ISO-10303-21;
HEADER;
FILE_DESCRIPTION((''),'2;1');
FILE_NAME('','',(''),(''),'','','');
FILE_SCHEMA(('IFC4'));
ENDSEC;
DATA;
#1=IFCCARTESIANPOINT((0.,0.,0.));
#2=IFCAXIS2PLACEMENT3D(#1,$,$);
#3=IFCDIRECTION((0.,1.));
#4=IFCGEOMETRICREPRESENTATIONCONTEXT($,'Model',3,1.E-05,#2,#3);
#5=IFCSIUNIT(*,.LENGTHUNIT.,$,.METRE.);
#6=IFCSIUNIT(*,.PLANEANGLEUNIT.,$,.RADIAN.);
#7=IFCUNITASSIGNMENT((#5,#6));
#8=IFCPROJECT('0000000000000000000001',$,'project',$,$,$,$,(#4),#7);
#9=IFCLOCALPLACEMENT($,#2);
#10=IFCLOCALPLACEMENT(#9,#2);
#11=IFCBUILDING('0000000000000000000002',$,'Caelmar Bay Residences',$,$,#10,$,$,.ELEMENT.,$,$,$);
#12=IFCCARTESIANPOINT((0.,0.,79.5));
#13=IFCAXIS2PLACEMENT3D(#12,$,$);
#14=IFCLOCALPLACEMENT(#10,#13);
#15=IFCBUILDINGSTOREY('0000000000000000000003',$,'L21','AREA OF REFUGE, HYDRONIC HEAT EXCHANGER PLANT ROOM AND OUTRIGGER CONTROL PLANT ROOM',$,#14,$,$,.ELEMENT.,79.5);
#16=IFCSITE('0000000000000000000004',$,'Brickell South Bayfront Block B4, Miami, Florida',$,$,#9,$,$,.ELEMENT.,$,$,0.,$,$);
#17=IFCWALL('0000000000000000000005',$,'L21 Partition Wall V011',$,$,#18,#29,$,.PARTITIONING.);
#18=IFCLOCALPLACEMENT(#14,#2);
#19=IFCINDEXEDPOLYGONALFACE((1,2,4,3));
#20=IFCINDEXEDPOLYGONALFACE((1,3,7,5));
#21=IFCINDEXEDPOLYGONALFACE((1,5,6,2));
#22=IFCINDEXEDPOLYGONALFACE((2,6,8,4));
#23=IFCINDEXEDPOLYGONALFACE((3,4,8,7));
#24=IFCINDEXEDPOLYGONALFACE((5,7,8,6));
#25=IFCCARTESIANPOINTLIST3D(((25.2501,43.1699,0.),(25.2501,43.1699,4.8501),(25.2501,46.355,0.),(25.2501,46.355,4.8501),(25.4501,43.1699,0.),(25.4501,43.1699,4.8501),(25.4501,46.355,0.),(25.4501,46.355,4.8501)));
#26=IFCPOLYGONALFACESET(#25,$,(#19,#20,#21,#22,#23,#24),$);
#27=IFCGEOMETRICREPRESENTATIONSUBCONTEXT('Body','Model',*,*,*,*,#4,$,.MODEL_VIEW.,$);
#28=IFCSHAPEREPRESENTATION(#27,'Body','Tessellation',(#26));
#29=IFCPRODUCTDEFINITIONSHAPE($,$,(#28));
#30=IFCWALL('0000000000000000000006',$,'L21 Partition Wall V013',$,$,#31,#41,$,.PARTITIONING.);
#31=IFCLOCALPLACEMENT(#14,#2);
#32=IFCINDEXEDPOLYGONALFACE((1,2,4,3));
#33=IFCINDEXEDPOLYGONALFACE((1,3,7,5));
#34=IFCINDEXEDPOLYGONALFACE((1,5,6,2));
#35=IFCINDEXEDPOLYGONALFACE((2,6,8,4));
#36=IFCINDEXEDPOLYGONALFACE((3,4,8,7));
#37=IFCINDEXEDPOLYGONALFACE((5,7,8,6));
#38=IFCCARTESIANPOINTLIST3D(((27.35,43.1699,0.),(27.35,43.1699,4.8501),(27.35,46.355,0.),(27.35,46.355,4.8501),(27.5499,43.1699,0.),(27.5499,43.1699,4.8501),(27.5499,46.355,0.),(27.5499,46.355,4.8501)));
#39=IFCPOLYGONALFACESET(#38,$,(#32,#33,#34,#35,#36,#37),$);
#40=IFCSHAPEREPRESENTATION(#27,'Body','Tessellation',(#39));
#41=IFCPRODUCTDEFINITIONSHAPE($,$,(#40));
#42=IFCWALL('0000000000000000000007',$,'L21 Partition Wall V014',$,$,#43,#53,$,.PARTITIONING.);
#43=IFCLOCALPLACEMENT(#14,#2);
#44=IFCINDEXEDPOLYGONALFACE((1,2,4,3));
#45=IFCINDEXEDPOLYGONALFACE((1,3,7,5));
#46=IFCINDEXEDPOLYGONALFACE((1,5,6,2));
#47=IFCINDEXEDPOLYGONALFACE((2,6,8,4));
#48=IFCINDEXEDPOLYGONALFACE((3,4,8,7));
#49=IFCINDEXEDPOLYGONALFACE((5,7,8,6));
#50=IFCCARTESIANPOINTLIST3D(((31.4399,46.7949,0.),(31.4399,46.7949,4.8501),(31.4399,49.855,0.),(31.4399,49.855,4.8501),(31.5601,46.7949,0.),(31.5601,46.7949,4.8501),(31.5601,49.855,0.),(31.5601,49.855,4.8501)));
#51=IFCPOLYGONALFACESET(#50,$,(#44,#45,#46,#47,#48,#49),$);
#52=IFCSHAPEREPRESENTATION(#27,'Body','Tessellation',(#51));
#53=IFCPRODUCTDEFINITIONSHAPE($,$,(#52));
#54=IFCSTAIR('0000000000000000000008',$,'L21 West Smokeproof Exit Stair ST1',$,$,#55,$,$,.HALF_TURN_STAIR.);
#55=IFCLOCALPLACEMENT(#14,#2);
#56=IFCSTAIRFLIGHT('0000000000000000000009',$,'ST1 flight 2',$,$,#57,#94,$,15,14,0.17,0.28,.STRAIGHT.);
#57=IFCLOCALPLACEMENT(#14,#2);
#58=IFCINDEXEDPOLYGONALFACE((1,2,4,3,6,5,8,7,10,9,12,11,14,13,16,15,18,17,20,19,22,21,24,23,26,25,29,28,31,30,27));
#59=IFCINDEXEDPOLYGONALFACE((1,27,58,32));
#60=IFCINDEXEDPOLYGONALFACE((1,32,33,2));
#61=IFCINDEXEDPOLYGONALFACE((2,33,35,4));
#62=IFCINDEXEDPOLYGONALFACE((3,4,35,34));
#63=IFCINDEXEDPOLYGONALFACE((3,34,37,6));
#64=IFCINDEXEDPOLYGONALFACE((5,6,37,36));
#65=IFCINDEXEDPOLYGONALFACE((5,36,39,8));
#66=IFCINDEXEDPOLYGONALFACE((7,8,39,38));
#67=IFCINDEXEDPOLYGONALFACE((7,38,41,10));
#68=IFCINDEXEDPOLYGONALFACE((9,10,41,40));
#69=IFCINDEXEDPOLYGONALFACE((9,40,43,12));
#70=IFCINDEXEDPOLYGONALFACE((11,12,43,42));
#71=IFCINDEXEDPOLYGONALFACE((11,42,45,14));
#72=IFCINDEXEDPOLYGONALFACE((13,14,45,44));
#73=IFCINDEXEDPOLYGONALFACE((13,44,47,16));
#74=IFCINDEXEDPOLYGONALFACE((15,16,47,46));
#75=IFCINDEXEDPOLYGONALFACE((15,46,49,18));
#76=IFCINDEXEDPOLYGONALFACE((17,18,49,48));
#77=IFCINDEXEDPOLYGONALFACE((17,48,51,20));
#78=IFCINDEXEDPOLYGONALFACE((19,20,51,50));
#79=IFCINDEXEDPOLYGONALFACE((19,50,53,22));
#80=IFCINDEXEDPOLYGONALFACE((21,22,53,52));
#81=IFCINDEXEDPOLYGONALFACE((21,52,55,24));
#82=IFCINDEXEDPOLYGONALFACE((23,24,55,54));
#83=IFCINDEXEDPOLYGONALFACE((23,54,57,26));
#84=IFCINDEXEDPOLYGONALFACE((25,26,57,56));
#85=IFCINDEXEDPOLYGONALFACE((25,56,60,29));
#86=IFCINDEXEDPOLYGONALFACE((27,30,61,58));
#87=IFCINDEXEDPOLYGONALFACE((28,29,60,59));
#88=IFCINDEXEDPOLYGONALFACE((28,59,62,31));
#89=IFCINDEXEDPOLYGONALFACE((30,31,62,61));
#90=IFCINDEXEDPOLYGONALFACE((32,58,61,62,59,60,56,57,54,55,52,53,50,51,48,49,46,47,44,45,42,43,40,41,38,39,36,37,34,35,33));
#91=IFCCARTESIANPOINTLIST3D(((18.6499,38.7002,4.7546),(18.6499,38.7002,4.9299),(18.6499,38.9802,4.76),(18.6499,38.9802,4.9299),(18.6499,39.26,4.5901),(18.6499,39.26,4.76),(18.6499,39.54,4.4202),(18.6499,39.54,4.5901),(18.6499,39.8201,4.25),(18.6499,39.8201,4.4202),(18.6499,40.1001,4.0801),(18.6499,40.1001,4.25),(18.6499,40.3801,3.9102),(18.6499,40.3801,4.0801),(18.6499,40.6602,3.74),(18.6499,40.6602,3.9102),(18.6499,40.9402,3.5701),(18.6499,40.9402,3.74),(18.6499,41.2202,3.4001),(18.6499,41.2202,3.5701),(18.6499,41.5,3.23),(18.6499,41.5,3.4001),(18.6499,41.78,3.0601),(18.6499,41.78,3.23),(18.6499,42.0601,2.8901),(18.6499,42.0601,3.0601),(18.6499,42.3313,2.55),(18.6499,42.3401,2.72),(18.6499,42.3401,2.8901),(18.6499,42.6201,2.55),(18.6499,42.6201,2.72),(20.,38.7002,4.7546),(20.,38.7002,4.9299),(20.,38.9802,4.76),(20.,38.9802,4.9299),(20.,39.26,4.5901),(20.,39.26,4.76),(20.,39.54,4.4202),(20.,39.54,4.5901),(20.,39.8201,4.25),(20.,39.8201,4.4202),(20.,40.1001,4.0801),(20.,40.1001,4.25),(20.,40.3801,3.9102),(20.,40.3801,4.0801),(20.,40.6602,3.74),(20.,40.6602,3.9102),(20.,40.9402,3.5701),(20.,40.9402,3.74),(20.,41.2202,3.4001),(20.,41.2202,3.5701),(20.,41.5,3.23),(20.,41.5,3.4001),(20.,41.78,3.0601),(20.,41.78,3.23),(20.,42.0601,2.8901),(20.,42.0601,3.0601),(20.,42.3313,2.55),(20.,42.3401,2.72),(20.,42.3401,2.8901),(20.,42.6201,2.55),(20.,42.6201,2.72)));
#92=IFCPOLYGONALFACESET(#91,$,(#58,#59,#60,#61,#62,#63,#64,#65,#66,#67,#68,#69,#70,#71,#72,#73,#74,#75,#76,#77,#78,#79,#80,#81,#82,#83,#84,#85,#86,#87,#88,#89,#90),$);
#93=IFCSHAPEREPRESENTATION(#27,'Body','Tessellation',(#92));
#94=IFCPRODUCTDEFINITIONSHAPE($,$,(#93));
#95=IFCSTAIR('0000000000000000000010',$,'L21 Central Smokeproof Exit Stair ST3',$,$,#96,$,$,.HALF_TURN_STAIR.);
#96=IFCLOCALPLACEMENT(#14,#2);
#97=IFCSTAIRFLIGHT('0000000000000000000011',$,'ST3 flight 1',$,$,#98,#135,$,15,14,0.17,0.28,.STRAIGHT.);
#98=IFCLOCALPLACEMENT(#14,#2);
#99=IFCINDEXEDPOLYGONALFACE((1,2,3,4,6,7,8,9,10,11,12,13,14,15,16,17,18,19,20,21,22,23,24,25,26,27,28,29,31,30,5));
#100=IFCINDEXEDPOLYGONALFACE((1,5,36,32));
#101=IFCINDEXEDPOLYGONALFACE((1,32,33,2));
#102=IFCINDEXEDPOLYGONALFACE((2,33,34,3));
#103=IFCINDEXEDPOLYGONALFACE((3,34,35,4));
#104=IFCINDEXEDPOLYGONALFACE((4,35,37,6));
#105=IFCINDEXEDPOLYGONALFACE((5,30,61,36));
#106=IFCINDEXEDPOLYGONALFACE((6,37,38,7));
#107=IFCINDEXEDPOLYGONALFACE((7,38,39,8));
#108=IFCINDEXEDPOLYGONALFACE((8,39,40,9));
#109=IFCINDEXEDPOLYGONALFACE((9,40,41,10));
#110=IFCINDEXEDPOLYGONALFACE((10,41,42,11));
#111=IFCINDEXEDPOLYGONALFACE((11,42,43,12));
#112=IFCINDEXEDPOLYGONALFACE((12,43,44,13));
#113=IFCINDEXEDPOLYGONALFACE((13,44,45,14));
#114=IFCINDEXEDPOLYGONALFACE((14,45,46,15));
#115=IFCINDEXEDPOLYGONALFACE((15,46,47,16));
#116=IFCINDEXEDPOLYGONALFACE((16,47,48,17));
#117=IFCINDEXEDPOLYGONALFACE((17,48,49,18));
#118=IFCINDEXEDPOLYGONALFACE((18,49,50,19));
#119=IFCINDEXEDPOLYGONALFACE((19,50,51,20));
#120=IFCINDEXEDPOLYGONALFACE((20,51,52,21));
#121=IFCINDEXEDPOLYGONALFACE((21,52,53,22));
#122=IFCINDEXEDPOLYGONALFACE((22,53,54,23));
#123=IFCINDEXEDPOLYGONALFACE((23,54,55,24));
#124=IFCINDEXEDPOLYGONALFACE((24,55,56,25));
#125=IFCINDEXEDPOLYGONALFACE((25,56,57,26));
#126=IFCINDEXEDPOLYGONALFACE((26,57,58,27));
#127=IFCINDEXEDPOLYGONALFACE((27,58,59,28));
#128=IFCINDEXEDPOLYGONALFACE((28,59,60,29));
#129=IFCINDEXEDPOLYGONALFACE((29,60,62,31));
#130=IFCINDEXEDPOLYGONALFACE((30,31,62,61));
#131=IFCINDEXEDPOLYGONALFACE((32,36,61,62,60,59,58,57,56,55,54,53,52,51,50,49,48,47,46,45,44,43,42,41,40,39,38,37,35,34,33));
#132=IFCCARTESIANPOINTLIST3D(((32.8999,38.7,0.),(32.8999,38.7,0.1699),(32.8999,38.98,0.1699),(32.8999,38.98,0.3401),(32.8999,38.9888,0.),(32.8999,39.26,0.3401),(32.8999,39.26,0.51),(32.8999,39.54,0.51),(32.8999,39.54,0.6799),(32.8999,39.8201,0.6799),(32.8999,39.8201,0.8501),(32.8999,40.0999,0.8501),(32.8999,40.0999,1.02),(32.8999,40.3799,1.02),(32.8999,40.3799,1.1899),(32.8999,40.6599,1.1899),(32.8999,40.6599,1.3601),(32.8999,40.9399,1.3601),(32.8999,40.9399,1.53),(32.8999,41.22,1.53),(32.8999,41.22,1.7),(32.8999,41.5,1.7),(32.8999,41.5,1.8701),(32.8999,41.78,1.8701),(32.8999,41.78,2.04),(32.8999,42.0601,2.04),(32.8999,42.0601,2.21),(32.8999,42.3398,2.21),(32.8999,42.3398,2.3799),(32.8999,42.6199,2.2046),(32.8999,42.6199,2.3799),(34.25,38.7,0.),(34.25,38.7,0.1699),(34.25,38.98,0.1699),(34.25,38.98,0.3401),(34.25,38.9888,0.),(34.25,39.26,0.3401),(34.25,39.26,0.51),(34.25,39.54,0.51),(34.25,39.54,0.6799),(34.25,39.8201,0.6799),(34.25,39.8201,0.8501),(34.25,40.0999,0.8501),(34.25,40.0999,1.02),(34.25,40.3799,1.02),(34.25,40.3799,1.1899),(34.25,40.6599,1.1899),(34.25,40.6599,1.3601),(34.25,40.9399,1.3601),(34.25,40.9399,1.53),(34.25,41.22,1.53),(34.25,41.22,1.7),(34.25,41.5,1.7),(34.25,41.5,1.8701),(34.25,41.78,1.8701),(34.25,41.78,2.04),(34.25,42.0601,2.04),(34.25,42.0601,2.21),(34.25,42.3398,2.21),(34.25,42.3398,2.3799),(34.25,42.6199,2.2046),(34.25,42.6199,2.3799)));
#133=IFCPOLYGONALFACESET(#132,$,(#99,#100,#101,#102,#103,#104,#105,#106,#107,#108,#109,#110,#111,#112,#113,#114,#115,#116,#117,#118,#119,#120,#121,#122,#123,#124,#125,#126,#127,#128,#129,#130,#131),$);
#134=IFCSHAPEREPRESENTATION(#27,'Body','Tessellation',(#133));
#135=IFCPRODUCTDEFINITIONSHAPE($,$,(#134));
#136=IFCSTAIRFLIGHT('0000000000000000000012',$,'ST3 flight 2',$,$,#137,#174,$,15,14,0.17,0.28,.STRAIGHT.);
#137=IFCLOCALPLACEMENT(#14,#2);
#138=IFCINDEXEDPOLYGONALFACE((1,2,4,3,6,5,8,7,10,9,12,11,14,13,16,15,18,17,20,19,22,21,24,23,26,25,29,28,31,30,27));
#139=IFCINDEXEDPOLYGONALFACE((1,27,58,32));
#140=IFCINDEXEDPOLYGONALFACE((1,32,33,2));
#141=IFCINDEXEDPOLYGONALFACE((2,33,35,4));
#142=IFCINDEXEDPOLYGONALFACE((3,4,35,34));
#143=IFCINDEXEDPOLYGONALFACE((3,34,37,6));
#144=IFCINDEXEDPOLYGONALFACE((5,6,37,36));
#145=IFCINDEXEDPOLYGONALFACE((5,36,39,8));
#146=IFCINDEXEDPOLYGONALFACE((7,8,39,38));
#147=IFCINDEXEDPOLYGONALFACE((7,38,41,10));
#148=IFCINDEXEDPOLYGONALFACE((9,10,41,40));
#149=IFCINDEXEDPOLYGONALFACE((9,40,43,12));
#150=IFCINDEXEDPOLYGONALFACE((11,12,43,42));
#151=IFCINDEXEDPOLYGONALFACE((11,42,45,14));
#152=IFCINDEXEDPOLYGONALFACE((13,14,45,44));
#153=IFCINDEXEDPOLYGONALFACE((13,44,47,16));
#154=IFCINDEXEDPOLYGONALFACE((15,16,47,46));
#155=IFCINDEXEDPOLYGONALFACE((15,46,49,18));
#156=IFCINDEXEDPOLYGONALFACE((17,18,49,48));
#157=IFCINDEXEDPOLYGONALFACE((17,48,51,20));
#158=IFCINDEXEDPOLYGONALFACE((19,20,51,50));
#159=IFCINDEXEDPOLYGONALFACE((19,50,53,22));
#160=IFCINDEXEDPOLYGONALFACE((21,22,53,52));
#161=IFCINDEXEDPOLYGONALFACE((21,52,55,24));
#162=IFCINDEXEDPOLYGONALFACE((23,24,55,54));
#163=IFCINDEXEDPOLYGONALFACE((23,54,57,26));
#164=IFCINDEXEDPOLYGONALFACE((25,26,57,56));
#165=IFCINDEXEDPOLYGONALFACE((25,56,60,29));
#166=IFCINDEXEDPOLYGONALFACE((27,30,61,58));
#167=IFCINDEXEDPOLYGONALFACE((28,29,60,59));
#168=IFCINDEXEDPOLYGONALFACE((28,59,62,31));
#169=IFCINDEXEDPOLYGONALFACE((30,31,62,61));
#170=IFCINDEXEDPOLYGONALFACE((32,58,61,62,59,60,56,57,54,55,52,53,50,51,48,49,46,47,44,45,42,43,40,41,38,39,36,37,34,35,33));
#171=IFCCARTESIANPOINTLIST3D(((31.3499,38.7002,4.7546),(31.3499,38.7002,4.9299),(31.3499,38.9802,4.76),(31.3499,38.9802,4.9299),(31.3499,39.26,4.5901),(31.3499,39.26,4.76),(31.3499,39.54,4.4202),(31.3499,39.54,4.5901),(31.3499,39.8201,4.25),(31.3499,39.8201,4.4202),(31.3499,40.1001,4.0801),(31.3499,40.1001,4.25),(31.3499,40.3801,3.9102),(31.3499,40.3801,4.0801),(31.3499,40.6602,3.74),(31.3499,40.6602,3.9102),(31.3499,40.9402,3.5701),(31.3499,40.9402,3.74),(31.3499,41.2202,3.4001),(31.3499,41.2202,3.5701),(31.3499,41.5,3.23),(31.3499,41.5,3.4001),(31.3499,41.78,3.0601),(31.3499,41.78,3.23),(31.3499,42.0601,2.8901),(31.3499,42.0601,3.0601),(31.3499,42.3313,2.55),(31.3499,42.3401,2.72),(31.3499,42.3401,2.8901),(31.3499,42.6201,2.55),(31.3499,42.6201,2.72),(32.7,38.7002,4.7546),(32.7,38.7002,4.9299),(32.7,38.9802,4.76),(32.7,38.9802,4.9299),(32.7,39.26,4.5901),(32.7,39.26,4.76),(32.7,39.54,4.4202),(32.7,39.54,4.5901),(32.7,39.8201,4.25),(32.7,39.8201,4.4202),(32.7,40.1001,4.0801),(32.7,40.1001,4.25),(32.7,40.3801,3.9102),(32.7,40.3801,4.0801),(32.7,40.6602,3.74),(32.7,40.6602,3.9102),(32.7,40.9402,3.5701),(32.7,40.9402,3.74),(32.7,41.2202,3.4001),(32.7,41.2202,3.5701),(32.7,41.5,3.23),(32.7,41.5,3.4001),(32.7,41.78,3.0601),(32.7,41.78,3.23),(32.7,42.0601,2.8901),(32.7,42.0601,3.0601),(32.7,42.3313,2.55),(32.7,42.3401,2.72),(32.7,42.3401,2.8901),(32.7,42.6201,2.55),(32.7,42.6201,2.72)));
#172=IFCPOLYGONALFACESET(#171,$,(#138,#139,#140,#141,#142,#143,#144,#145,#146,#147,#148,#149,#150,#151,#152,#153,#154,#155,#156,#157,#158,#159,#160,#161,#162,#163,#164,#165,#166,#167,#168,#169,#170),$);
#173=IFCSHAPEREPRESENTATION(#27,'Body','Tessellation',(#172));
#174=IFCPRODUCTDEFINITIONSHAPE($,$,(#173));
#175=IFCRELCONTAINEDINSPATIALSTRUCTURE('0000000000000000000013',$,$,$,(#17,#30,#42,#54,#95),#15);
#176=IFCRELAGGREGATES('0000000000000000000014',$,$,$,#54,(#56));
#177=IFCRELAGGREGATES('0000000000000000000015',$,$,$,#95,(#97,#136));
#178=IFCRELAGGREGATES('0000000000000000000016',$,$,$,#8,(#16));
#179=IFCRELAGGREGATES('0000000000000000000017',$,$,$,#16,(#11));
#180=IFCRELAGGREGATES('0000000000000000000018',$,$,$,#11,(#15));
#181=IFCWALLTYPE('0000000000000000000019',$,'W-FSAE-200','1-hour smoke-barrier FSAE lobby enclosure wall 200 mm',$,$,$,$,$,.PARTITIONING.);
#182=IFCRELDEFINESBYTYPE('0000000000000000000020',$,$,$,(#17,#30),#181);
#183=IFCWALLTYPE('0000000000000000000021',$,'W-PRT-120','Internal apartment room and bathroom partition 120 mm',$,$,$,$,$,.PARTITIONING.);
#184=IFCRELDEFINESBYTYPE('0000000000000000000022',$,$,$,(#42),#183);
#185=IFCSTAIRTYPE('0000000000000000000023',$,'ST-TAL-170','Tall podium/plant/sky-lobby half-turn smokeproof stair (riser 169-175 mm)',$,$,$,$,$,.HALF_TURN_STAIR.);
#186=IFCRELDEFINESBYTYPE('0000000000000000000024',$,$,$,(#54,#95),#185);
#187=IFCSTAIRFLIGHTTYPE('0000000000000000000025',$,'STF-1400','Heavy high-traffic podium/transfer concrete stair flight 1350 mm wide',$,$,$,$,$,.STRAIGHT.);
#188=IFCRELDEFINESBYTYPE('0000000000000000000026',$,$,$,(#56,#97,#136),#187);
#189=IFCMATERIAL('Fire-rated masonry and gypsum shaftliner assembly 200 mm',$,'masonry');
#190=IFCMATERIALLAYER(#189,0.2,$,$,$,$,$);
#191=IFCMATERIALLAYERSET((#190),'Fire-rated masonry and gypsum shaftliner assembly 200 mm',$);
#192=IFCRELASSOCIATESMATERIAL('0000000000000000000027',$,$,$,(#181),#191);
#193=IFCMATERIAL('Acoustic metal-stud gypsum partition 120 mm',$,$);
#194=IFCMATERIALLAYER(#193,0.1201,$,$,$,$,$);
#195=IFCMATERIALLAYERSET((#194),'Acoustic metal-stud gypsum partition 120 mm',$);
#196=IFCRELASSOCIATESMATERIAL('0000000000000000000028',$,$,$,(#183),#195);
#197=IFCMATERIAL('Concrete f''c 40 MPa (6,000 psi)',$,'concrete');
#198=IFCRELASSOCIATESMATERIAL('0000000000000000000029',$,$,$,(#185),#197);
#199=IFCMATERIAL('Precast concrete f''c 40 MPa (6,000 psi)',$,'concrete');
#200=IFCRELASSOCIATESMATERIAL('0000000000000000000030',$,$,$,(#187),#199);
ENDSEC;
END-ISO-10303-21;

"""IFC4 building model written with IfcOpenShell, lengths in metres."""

from ifc_helpers import new_model, si_unit, direction, frame, frame_2d, origin, place, context, subcontext, project, spatial, polyline, rectangle, outline, extrude, material, layer, layer_set, type_object, element, aggregate, save


model = new_model("IFC4")

# Units and contexts
model_context = context("Model", 3, precision=1e-05, world=origin(), true_north=direction((0.0, 1.0)))
body_context = subcontext(model_context, "Body", "Model", "MODEL_VIEW")
ifc_project = project(units=[si_unit("LENGTHUNIT", "METRE"), si_unit("PLANEANGLEUNIT", "RADIAN")], contexts=[model_context])

# Site, building, storey
site_placement = place(None, origin())
site = spatial("IfcSite", under=ifc_project, at=site_placement, Name="Brickell South Bayfront Block B4, Miami, Florida", CompositionType="ELEMENT", RefElevation=0.0)
building_placement = place(site_placement, origin())
building = spatial("IfcBuilding", under=site, at=building_placement, Name="Caelmar Bay Residences", CompositionType="ELEMENT")
storey_placement = place(building_placement, frame((0.0, 0.0, 79.5)))
storey = spatial("IfcBuildingStorey", under=building, at=storey_placement, Name="L21", Description="AREA OF REFUGE, HYDRONIC HEAT EXCHANGER PLANT ROOM AND OUTRIGGER CONTROL PLANT ROOM", CompositionType="ELEMENT", Elevation=79.5)

# Walls
ifc_material_1 = material(Name="Fire-rated masonry and gypsum shaftliner assembly 200 mm", Category="masonry")
ifc_layer_1 = layer(ifc_material_1, 0.2)
ifc_layer_set_1 = layer_set([ifc_layer_1], Name="Fire-rated masonry and gypsum shaftliner assembly 200 mm")
wall_type_1 = type_object("IfcWallType", Name="W-FSAE-200", Description="1-hour smoke-barrier FSAE lobby enclosure wall 200 mm", PredefinedType="PARTITIONING", material=ifc_layer_set_1)
for number, where, z_axis, x_axis, name in (
    (1, (25.3501, 43.1699, 0.0), (0.0, 0.0, 1.0), (0.0, 1.0, 0.0), "L21 Partition Wall V011"),
    (2, (27.45, 43.1699, 0.0), (0.0, 0.0, 1.0), (0.0, 1.0, 0.0), "L21 Partition Wall V013"),
):
    element("IfcWall", number, at=place(storey_placement, frame(where, z_axis=z_axis, x_axis=x_axis)), inside=storey, type_object=wall_type_1, Name=name, PredefinedType="PARTITIONING", context=body_context, shape_type="SweptSolid", body=[
        extrude(rectangle(XDim=3.1851, YDim=0.2, at=frame_2d((1.5925, 0.0))), origin(), (0.0, 0.0, 1.0), 4.8501),
    ])
ifc_material_2 = material(Name="Acoustic metal-stud gypsum partition 120 mm")
ifc_layer_2 = layer(ifc_material_2, 0.1201)
ifc_layer_set_2 = layer_set([ifc_layer_2], Name="Acoustic metal-stud gypsum partition 120 mm")
wall_type_2 = type_object("IfcWallType", Name="W-PRT-120", Description="Internal apartment room and bathroom partition 120 mm", PredefinedType="PARTITIONING", material=ifc_layer_set_2)
wall_1_placement = place(storey_placement, frame((31.5, 46.7949, 0.0), z_axis=(0.0, 0.0, 1.0), x_axis=(0.0, 1.0, 0.0)))
element("IfcWall", 3, at=wall_1_placement, inside=storey, type_object=wall_type_2, Name="L21 Partition Wall V014", PredefinedType="PARTITIONING", context=body_context, shape_type="SweptSolid", body=[
    extrude(rectangle(XDim=3.0601, YDim=0.1201, at=frame_2d((1.53, 0.0))), origin(), (0.0, 0.0, 1.0), 4.8501),
])

# Stair, stair flight
ifc_material_3 = material(Name="Concrete f'c 40 MPa (6,000 psi)", Category="concrete")
stair_type = type_object("IfcStairType", Name="ST-TAL-170", Description="Tall podium/plant/sky-lobby half-turn smokeproof stair (riser 169-175 mm)", PredefinedType="HALF_TURN_STAIR", material=ifc_material_3)
stair_1_placement = place(storey_placement, origin())
stair_1 = element("IfcStair", 4, at=stair_1_placement, inside=storey, type_object=stair_type, Name="L21 West Smokeproof Exit Stair ST1", PredefinedType="HALF_TURN_STAIR")
ifc_material_4 = material(Name="Precast concrete f'c 40 MPa (6,000 psi)", Category="concrete")
stair_flight_type = type_object("IfcStairFlightType", Name="STF-1400", Description="Heavy high-traffic podium/transfer concrete stair flight 1350 mm wide", PredefinedType="STRAIGHT", material=ifc_material_4)
stair_flight_1_placement = place(storey_placement, frame((19.325, 42.6201, 2.55), z_axis=(0.0, 0.0, 1.0), x_axis=(0.0, -1.0, 0.0)))
stair_flight_1 = element("IfcStairFlight", 5, at=stair_flight_1_placement, type_object=stair_flight_type, Name="ST1 flight 2", NumberOfRisers=15, NumberOfTreads=14, PredefinedType="STRAIGHT", RiserHeight=0.17, TreadLength=0.28, context=body_context, shape_type="SweptSolid", body=[
    extrude(outline(polyline([(0.0, 0.0), (0.0, 0.1699), (0.28, 0.1699), (0.28, 0.3401), (0.5601, 0.3401), (0.5601, 0.51), (0.8401, 0.51), (0.8401, 0.6799), (1.1201, 0.6799), (1.1201, 0.8501), (1.3999, 0.8501), (1.3999, 1.02), (1.6799, 1.02), (1.6799, 1.1899), (1.96, 1.1899), (1.96, 1.3601), (2.24, 1.3601), (2.24, 1.53), (2.52, 1.53), (2.52, 1.7), (2.8, 1.7), (2.8, 1.8701), (3.0801, 1.8701), (3.0801, 2.04), (3.3601, 2.04), (3.3601, 2.21), (3.6399, 2.21), (3.6399, 2.3799), (3.9199, 2.3799), (3.9199, 2.55), (3.9199, 2.2046), (0.2888, 0.0), (0.0, 0.0)])), frame((0.0, 0.675, 0.0), z_axis=(0.0, -1.0, 0.0), x_axis=(1.0, 0.0, 0.0)), (0.0, 0.0, 1.0), 1.3501),
])
aggregate(stair_1, [stair_flight_1])

# Stair, stair flights
stair_2_placement = place(storey_placement, origin())
stair_2 = element("IfcStair", 6, at=stair_2_placement, inside=storey, type_object=stair_type, Name="L21 Central Smokeproof Exit Stair ST3", PredefinedType="HALF_TURN_STAIR")
stair_flight_2_placement = place(storey_placement, frame((33.575, 38.7, 0.0), z_axis=(0.0, 0.0, 1.0), x_axis=(0.0, 1.0, 0.0)))
stair_flight_2 = element("IfcStairFlight", 7, at=stair_flight_2_placement, type_object=stair_flight_type, Name="ST3 flight 1", NumberOfRisers=15, NumberOfTreads=14, PredefinedType="STRAIGHT", RiserHeight=0.17, TreadLength=0.28, context=body_context, shape_type="SweptSolid", body=[
    extrude(outline(polyline([(0.0, 0.0), (0.0, 0.1699), (0.28, 0.1699), (0.28, 0.3401), (0.5601, 0.3401), (0.5601, 0.51), (0.8401, 0.51), (0.8401, 0.6799), (1.1201, 0.6799), (1.1201, 0.8501), (1.3999, 0.8501), (1.3999, 1.02), (1.6799, 1.02), (1.6799, 1.1899), (1.96, 1.1899), (1.96, 1.3601), (2.24, 1.3601), (2.24, 1.53), (2.52, 1.53), (2.52, 1.7), (2.8, 1.7), (2.8, 1.8701), (3.0801, 1.8701), (3.0801, 2.04), (3.3601, 2.04), (3.3601, 2.21), (3.6399, 2.21), (3.6399, 2.3799), (3.9199, 2.3799), (3.9199, 2.55), (3.9199, 2.2046), (0.2888, 0.0), (0.0, 0.0)])), frame((0.0, 0.675, 0.0), z_axis=(0.0, -1.0, 0.0), x_axis=(1.0, 0.0, 0.0)), (0.0, 0.0, 1.0), 1.3501),
])
stair_flight_3_placement = place(storey_placement, frame((32.0249, 42.6201, 2.55), z_axis=(0.0, 0.0, 1.0), x_axis=(0.0, -1.0, 0.0)))
stair_flight_3 = element("IfcStairFlight", 8, at=stair_flight_3_placement, type_object=stair_flight_type, Name="ST3 flight 2", NumberOfRisers=15, NumberOfTreads=14, PredefinedType="STRAIGHT", RiserHeight=0.17, TreadLength=0.28, context=body_context, shape_type="SweptSolid", body=[
    extrude(outline(polyline([(0.0, 0.0), (0.0, 0.1699), (0.28, 0.1699), (0.28, 0.3401), (0.5601, 0.3401), (0.5601, 0.51), (0.8401, 0.51), (0.8401, 0.6799), (1.1201, 0.6799), (1.1201, 0.8501), (1.3999, 0.8501), (1.3999, 1.02), (1.6799, 1.02), (1.6799, 1.1899), (1.96, 1.1899), (1.96, 1.3601), (2.24, 1.3601), (2.24, 1.53), (2.52, 1.53), (2.52, 1.7), (2.8, 1.7), (2.8, 1.8701), (3.0801, 1.8701), (3.0801, 2.04), (3.3601, 2.04), (3.3601, 2.21), (3.6399, 2.21), (3.6399, 2.3799), (3.9199, 2.3799), (3.9199, 2.55), (3.9199, 2.2046), (0.2888, 0.0), (0.0, 0.0)])), frame((0.0, 0.675, 0.0), z_axis=(0.0, -1.0, 0.0), x_axis=(1.0, 0.0, 0.0)), (0.0, 0.0, 1.0), 1.3501),
])
aggregate(stair_2, [stair_flight_2, stair_flight_3])

save(model, "model.ifc")
